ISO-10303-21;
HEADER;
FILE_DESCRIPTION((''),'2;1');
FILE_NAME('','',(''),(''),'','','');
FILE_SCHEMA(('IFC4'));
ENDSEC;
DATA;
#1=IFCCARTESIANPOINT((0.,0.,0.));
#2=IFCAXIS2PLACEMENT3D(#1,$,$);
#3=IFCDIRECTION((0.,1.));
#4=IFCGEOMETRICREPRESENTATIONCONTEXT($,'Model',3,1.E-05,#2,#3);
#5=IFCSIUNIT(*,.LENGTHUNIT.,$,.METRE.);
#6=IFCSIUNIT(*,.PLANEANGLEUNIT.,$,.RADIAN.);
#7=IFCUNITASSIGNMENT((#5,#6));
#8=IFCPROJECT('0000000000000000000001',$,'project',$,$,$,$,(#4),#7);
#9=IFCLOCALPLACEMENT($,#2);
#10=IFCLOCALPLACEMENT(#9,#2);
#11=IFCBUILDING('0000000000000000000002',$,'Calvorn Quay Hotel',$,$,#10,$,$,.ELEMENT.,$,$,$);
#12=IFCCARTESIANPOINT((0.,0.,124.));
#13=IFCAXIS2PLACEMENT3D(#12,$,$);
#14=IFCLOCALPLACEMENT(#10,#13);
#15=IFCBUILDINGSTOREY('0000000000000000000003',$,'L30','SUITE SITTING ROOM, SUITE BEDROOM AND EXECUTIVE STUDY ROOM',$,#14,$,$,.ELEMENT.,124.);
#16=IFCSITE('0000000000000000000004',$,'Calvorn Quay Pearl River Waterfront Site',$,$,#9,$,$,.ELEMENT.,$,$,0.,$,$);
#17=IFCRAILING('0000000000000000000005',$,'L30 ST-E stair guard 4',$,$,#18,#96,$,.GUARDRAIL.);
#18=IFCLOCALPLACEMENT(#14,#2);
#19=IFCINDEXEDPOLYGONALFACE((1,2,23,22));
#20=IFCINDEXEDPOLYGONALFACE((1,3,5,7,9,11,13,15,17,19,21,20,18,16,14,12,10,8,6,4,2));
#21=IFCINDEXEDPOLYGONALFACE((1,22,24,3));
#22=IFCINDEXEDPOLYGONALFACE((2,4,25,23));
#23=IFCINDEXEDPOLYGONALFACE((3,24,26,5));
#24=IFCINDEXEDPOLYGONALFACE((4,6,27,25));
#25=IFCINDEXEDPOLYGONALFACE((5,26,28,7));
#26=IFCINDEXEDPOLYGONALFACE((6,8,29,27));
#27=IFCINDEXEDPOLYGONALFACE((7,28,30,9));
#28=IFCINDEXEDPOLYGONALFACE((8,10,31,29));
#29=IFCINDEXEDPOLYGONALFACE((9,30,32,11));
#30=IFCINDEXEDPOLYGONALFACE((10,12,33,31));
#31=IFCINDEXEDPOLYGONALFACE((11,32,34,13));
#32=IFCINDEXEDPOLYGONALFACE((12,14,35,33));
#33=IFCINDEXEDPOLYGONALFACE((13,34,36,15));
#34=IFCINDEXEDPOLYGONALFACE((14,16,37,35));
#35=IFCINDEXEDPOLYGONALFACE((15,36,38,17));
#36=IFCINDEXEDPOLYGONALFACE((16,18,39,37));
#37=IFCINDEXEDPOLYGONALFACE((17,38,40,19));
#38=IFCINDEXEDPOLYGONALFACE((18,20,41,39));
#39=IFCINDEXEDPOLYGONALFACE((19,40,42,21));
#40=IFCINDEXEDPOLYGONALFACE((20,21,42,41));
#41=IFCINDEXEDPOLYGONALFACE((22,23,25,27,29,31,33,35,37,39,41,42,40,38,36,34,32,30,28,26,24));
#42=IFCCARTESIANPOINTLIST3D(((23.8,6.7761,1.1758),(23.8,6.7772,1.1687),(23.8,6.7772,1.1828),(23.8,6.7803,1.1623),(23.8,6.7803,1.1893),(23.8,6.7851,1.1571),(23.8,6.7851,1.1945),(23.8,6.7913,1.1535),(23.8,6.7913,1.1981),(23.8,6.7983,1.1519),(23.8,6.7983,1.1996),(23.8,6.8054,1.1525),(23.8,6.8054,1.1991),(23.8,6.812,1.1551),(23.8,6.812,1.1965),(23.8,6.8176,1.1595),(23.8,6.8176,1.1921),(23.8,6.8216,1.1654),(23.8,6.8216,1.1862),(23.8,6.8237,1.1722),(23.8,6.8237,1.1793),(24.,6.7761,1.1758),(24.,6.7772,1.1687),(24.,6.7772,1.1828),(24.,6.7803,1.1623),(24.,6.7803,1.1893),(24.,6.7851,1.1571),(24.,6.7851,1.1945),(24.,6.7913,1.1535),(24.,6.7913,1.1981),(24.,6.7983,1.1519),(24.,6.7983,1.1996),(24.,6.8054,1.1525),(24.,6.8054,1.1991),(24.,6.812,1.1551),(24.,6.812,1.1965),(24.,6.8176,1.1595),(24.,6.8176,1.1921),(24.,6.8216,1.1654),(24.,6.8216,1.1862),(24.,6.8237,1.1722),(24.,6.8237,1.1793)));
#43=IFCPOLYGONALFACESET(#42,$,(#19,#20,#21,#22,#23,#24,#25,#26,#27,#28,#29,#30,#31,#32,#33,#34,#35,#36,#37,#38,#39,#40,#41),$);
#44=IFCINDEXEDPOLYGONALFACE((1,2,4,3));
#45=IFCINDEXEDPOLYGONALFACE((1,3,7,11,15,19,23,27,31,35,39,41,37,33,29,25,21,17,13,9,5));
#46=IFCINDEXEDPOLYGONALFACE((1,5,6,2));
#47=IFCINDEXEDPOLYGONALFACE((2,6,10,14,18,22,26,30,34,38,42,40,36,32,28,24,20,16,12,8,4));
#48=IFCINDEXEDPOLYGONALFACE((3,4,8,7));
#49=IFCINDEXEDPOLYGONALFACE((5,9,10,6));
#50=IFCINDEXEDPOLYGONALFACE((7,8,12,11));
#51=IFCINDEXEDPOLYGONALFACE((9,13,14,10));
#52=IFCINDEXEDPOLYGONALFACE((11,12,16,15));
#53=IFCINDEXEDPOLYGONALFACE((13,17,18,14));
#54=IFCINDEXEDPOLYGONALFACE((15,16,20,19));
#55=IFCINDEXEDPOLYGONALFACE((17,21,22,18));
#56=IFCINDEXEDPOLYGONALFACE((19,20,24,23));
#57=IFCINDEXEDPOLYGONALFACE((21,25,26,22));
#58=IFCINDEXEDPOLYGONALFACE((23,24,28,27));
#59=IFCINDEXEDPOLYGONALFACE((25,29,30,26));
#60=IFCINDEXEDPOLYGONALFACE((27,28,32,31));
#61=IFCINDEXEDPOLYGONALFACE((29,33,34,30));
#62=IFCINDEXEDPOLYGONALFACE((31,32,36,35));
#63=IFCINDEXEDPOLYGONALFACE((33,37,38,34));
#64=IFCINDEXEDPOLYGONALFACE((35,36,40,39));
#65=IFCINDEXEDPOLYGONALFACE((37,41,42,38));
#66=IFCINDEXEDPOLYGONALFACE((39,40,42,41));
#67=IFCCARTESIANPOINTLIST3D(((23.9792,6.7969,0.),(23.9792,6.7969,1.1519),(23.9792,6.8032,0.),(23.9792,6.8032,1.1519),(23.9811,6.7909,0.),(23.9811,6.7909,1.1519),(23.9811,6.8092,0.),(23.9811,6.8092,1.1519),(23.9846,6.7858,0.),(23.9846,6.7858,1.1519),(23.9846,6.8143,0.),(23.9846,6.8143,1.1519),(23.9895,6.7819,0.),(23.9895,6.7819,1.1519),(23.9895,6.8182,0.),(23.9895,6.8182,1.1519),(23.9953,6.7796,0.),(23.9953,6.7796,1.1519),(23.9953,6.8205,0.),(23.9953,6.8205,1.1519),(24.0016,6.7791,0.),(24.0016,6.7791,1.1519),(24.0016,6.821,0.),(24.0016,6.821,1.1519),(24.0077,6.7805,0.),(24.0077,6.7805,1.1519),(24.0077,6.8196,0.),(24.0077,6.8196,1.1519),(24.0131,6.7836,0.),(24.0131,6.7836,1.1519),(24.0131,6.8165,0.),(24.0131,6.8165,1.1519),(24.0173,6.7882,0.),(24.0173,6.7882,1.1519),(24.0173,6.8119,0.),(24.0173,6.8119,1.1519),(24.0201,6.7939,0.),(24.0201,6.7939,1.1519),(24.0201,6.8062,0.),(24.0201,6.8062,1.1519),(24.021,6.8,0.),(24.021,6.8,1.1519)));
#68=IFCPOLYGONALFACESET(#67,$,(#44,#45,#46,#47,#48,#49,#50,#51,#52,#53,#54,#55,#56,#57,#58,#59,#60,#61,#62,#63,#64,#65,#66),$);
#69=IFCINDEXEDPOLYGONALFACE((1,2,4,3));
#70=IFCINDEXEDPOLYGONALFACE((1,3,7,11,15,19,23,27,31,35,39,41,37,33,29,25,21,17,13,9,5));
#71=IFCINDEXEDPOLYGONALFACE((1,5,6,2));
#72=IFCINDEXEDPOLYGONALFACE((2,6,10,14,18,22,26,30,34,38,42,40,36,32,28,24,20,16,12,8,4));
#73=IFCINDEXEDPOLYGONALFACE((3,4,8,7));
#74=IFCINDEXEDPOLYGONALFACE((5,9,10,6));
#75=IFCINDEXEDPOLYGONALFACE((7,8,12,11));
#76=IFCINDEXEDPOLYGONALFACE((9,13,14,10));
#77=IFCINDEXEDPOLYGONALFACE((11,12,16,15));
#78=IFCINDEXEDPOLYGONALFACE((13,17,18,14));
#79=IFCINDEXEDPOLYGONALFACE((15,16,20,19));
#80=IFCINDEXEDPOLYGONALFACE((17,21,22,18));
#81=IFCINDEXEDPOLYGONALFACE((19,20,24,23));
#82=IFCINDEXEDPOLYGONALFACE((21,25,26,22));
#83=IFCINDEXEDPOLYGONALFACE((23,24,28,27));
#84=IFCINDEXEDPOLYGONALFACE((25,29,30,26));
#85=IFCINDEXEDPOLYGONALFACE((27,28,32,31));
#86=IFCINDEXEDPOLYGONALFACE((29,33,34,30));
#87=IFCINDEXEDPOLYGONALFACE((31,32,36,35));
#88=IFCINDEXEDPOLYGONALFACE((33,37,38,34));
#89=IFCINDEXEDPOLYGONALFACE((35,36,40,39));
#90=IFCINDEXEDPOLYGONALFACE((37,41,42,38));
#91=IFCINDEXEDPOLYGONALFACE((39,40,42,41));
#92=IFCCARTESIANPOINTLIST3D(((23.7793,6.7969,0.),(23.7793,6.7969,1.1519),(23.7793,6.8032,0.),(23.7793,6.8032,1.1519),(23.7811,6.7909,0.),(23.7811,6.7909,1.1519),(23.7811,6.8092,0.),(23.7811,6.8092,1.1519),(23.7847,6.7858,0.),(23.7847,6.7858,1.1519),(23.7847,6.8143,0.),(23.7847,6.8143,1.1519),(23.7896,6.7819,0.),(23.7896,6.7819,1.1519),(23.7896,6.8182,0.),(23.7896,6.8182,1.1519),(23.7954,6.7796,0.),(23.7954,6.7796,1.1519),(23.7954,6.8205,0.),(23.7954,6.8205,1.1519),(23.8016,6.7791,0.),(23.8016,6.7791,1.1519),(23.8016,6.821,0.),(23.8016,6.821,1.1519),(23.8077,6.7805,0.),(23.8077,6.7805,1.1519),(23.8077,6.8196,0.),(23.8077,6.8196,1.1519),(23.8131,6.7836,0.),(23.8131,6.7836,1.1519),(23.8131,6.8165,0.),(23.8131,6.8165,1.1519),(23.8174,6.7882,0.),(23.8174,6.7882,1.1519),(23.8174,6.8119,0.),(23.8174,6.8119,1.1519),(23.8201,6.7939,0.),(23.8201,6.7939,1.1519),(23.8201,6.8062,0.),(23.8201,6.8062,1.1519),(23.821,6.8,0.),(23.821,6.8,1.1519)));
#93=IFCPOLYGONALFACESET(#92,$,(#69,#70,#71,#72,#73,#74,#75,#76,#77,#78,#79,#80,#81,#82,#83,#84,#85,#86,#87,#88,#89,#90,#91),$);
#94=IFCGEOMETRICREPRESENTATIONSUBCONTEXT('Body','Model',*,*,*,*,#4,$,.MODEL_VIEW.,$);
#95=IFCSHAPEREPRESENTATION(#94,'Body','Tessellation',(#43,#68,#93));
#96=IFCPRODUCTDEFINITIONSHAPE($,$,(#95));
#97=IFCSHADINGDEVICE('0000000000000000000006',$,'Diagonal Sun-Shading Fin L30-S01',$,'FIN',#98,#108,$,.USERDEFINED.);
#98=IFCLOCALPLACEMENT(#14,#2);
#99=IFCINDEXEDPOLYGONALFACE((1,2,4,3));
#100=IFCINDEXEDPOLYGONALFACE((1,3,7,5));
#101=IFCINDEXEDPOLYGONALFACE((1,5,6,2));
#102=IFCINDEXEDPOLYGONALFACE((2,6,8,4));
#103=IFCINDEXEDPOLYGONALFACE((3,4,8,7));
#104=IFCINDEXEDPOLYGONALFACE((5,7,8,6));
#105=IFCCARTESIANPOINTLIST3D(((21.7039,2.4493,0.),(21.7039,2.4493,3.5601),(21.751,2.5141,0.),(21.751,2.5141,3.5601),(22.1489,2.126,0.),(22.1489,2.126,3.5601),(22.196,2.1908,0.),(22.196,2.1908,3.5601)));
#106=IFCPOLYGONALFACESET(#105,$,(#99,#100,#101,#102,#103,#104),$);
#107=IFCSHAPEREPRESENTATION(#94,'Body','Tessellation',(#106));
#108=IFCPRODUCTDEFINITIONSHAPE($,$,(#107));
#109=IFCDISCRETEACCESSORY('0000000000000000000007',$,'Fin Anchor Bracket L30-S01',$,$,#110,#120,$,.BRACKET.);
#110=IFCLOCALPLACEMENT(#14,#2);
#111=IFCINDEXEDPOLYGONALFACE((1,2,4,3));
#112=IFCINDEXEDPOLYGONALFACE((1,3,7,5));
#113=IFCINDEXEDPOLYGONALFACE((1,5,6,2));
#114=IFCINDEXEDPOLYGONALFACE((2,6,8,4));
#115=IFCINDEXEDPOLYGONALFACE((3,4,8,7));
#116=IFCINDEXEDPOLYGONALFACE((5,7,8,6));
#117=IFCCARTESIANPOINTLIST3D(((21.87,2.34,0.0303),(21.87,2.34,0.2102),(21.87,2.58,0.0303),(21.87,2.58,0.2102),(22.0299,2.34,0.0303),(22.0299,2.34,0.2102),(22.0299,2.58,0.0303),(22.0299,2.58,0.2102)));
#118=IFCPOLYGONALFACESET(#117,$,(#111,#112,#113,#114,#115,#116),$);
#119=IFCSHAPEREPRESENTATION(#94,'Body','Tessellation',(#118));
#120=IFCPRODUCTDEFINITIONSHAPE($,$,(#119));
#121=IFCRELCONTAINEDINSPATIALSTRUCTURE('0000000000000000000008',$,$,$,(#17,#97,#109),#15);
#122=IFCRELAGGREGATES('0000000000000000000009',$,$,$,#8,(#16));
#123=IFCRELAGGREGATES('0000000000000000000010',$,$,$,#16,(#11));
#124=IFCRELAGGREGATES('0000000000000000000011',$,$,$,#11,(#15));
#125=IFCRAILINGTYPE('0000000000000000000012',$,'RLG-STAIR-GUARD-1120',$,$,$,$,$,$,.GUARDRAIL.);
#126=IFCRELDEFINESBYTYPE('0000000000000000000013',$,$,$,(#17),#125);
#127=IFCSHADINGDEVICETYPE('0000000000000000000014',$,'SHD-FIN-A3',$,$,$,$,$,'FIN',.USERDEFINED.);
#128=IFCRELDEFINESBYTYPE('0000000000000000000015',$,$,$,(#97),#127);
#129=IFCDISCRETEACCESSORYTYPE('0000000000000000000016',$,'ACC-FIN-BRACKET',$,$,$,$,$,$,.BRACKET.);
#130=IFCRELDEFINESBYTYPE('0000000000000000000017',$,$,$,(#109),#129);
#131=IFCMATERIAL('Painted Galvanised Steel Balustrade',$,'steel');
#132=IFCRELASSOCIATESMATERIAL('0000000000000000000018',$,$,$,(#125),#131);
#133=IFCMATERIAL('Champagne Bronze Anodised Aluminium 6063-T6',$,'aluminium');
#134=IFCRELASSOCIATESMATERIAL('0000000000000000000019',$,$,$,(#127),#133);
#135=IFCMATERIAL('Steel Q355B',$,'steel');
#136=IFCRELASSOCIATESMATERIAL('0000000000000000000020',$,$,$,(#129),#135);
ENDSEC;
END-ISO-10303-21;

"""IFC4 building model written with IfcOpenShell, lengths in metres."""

from ifc_helpers import new_model, si_unit, direction, frame, origin, origin_2d, place, context, subcontext, project, spatial, rectangle, circle, extrude, material, type_object, element, save


model = new_model("IFC4")

# Units and contexts
model_context = context("Model", 3, precision=1e-05, world=origin(), true_north=direction((0.0, 1.0)))
body_context = subcontext(model_context, "Body", "Model", "MODEL_VIEW")
ifc_project = project(units=[si_unit("LENGTHUNIT", "METRE"), si_unit("PLANEANGLEUNIT", "RADIAN")], contexts=[model_context])

# Site, building, storey
site_placement = place(None, origin())
site = spatial("IfcSite", under=ifc_project, at=site_placement, Name="Calvorn Quay Pearl River Waterfront Site", CompositionType="ELEMENT", RefElevation=0.0)
building_placement = place(site_placement, origin())
building = spatial("IfcBuilding", under=site, at=building_placement, Name="Calvorn Quay Hotel", CompositionType="ELEMENT")
storey_placement = place(building_placement, frame((0.0, 0.0, 124.0)))
storey = spatial("IfcBuildingStorey", under=building, at=storey_placement, Name="L30", Description="SUITE SITTING ROOM, SUITE BEDROOM AND EXECUTIVE STUDY ROOM", CompositionType="ELEMENT", Elevation=124.0)

# Railing
ifc_material_1 = material(Name="Painted Galvanised Steel Balustrade", Category="steel")
railing_type_1 = type_object("IfcRailingType", Name="RLG-STAIR-GUARD-1120", PredefinedType="GUARDRAIL", material=ifc_material_1)
railing_1_placement = place(storey_placement, frame((24.0, 6.8, 0.0)))
element("IfcRailing", 1, at=railing_1_placement, inside=storey, type_object=railing_type_1, Name="L30 ST-E stair guard 4", PredefinedType="GUARDRAIL", context=body_context, shape_type="SweptSolid", body=[
    extrude(circle(Radius=0.0239, at=origin_2d()), frame((0.0, 0.0, 1.1758), z_axis=(-1.0, 0.0, 0.0), x_axis=(0.0, -1.0, 0.0)), (0.0, 0.0, 1.0), 0.2),
    extrude(circle(Radius=0.021, at=origin_2d()), origin(), (0.0, 0.0, 1.0), 1.1519),
    extrude(circle(Radius=0.021, at=origin_2d()), frame((-0.2, 0.0, 0.0)), (0.0, 0.0, 1.0), 1.1519),
])

# Shading device
ifc_material_2 = material(Name="Champagne Bronze Anodised Aluminium 6063-T6", Category="aluminium")
shading_device_type = type_object("IfcShadingDeviceType", Name="SHD-FIN-A3", ElementType="FIN", PredefinedType="USERDEFINED", material=ifc_material_2)
shading_device_placement = place(storey_placement, frame((21.95, 2.3201, 0.0), z_axis=(0.0, 0.0, 1.0), x_axis=(-0.809017, 0.587785, 0.0)))
element("IfcShadingDevice", 2, at=shading_device_placement, inside=storey, type_object=shading_device_type, Name="Diagonal Sun-Shading Fin L30-S01", ObjectType="FIN", PredefinedType="USERDEFINED", context=body_context, shape_type="SweptSolid", body=[
    extrude(rectangle(XDim=0.55, YDim=0.0801, at=origin_2d()), origin(), (0.0, 0.0, 1.0), 3.5601),
])

# Discrete accessory
ifc_material_3 = material(Name="Steel Q355B", Category="steel")
discrete_accessory_type = type_object("IfcDiscreteAccessoryType", Name="ACC-FIN-BRACKET", PredefinedType="BRACKET", material=ifc_material_3)
discrete_accessory_placement = place(storey_placement, frame((21.95, 2.46, 0.0303), z_axis=(0.0, 0.0, 1.0), x_axis=(0.0, 1.0, 0.0)))
element("IfcDiscreteAccessory", 3, at=discrete_accessory_placement, inside=storey, type_object=discrete_accessory_type, Name="Fin Anchor Bracket L30-S01", PredefinedType="BRACKET", context=body_context, shape_type="SweptSolid", body=[
    extrude(rectangle(XDim=0.24, YDim=0.1599, at=origin_2d()), origin(), (0.0, 0.0, 1.0), 0.1799),
])

save(model, "model.ifc")
